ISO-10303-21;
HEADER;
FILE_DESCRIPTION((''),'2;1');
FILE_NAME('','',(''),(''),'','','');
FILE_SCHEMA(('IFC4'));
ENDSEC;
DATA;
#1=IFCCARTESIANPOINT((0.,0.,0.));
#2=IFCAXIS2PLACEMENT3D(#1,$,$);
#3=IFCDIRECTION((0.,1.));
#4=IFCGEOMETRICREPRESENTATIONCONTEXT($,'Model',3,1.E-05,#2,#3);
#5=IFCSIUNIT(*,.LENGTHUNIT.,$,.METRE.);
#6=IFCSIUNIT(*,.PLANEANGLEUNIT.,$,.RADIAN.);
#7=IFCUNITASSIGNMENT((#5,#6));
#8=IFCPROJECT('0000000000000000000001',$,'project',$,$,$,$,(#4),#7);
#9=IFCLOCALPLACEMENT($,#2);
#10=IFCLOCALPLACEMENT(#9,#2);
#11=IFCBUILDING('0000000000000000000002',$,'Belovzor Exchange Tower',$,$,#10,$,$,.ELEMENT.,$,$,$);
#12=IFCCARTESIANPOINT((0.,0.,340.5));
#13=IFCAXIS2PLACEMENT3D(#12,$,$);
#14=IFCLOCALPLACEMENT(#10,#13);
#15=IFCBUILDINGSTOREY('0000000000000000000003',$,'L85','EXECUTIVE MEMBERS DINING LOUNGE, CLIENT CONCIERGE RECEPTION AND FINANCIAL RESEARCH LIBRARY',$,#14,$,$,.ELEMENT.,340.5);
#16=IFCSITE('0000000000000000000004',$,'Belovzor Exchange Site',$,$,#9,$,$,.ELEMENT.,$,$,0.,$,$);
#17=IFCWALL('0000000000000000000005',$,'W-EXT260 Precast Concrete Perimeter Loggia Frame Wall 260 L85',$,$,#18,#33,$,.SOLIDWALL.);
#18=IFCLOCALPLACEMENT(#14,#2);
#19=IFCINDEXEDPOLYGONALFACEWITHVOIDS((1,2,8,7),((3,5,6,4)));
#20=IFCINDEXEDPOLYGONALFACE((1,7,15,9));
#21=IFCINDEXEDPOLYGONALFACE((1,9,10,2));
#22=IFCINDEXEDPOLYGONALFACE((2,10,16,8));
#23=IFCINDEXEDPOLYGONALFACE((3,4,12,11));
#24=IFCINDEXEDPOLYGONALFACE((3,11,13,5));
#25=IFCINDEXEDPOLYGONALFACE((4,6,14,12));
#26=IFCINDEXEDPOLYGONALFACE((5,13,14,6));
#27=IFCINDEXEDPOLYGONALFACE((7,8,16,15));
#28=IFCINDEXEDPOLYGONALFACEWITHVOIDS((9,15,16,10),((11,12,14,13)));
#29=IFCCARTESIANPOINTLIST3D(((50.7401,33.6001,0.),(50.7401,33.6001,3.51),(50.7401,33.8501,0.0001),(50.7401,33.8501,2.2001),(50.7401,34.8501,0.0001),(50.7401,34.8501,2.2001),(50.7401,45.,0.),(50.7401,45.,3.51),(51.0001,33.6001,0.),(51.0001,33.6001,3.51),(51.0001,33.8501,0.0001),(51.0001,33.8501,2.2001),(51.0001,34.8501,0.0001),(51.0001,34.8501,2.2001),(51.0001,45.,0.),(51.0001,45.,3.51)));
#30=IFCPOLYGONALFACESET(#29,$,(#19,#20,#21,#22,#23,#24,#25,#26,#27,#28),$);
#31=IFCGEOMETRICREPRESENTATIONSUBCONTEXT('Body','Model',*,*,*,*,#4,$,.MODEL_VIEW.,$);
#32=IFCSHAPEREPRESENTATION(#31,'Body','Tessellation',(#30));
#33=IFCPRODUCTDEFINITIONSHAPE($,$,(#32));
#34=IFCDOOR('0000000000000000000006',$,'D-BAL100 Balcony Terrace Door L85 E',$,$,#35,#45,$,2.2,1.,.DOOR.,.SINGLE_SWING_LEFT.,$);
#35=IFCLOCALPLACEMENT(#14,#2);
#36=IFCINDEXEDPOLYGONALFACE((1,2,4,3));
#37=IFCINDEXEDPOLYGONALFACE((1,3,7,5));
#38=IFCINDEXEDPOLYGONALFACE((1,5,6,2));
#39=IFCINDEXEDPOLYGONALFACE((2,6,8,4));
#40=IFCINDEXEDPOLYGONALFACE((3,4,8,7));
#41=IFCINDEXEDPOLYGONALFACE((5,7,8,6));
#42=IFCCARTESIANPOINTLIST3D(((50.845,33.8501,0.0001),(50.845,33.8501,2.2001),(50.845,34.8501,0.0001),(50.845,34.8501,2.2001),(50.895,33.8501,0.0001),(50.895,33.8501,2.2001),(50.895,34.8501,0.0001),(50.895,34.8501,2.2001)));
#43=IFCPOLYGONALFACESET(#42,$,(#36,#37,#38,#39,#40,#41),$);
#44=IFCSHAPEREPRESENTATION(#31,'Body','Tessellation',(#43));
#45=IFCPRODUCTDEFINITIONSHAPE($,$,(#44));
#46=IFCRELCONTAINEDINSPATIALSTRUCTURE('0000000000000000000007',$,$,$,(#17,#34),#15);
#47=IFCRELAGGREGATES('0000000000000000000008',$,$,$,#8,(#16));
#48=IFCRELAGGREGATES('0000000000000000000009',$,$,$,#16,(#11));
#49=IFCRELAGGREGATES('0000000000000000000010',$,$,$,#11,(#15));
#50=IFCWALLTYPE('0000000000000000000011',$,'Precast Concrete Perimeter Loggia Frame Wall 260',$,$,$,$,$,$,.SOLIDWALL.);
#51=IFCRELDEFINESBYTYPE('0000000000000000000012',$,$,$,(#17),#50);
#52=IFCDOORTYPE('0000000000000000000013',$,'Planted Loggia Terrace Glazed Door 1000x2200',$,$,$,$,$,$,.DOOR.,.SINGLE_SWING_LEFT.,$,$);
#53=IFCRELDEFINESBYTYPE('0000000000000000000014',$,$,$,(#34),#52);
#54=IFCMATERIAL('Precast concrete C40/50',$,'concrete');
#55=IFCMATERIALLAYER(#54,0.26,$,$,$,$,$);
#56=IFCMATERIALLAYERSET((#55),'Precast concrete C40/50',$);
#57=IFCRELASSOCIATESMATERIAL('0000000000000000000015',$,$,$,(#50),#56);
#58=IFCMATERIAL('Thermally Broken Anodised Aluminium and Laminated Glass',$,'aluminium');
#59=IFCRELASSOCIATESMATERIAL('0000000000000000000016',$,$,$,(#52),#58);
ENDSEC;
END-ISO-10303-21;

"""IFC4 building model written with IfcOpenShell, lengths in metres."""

from ifc_helpers import new_model, si_unit, direction, frame, frame_2d, origin, place, context, subcontext, project, spatial, rectangle, extrude, material, layer, layer_set, type_object, element, fill, save


model = new_model("IFC4")

# Units and contexts
model_context = context("Model", 3, precision=1e-05, world=origin(), true_north=direction((0.0, 1.0)))
body_context = subcontext(model_context, "Body", "Model", "MODEL_VIEW")
ifc_project = project(units=[si_unit("LENGTHUNIT", "METRE"), si_unit("PLANEANGLEUNIT", "RADIAN")], contexts=[model_context])

# Site, building, storey
site_placement = place(None, origin())
site = spatial("IfcSite", under=ifc_project, at=site_placement, Name="Belovzor Exchange Site", CompositionType="ELEMENT", RefElevation=0.0)
building_placement = place(site_placement, origin())
building = spatial("IfcBuilding", under=site, at=building_placement, Name="Belovzor Exchange Tower", CompositionType="ELEMENT")
storey_placement = place(building_placement, frame((0.0, 0.0, 340.5)))
storey = spatial("IfcBuildingStorey", under=building, at=storey_placement, Name="L85", Description="EXECUTIVE MEMBERS DINING LOUNGE, CLIENT CONCIERGE RECEPTION AND FINANCIAL RESEARCH LIBRARY", CompositionType="ELEMENT", Elevation=340.5)

# Shared definitions
ifc_material_1 = material(Name="Precast concrete C40/50", Category="concrete")
ifc_layer_1 = layer(ifc_material_1, 0.26)
ifc_layer_set_1 = layer_set([ifc_layer_1], Name="Precast concrete C40/50")
wall_type_1 = type_object("IfcWallType", Name="Precast Concrete Perimeter Loggia Frame Wall 260", PredefinedType="SOLIDWALL", material=ifc_layer_set_1)

# Wall, opening, door
wall_1_placement = place(storey_placement, frame((50.8701, 45.0, 0.0), z_axis=(0.0, 0.0, 1.0), x_axis=(0.0, -1.0, 0.0)))
wall_1 = element("IfcWall", 1, at=wall_1_placement, inside=storey, type_object=wall_type_1, Name="W-EXT260 Precast Concrete Perimeter Loggia Frame Wall 260 L85", PredefinedType="SOLIDWALL", context=body_context, shape_type="SweptSolid", body=[
    extrude(rectangle(XDim=11.3999, YDim=0.26, at=frame_2d((5.7, 0.0))), origin(), (0.0, 0.0, 1.0), 3.51),
])
opening_1_placement = place(wall_1_placement, frame((10.1499, 0.0, 0.0)))
opening_1 = element("IfcOpeningElement", 2, at=opening_1_placement, cuts=wall_1, PredefinedType="OPENING", context=body_context, shape_type="SweptSolid", body=[
    extrude(rectangle(XDim=1.0, YDim=2.2, at=frame_2d((0.5, 1.1001))), frame((0.0, 0.1399, 0.0), z_axis=(0.0, -1.0, 0.0), x_axis=(1.0, 0.0, 0.0)), (0.0, 0.0, 1.0), 0.28),
])
ifc_material_2 = material(Name="Thermally Broken Anodised Aluminium and Laminated Glass", Category="aluminium")
door_type = type_object("IfcDoorType", Name="Planted Loggia Terrace Glazed Door 1000x2200", OperationType="SINGLE_SWING_LEFT", PredefinedType="DOOR", material=ifc_material_2)
door_placement = place(opening_1_placement, origin())
door = element("IfcDoor", 3, at=door_placement, inside=storey, type_object=door_type, Name="D-BAL100 Balcony Terrace Door L85 E", OperationType="SINGLE_SWING_LEFT", OverallHeight=2.2, OverallWidth=1.0, PredefinedType="DOOR", context=body_context, shape_type="SweptSolid", body=[
    extrude(rectangle(XDim=1.0, YDim=2.2, at=frame_2d((0.5, 1.1001))), frame((0.0, 0.0249, 0.0), z_axis=(0.0, -1.0, 0.0), x_axis=(1.0, 0.0, 0.0)), (0.0, 0.0, 1.0), 0.05),
])
fill(opening_1, door)

save(model, "model.ifc")
